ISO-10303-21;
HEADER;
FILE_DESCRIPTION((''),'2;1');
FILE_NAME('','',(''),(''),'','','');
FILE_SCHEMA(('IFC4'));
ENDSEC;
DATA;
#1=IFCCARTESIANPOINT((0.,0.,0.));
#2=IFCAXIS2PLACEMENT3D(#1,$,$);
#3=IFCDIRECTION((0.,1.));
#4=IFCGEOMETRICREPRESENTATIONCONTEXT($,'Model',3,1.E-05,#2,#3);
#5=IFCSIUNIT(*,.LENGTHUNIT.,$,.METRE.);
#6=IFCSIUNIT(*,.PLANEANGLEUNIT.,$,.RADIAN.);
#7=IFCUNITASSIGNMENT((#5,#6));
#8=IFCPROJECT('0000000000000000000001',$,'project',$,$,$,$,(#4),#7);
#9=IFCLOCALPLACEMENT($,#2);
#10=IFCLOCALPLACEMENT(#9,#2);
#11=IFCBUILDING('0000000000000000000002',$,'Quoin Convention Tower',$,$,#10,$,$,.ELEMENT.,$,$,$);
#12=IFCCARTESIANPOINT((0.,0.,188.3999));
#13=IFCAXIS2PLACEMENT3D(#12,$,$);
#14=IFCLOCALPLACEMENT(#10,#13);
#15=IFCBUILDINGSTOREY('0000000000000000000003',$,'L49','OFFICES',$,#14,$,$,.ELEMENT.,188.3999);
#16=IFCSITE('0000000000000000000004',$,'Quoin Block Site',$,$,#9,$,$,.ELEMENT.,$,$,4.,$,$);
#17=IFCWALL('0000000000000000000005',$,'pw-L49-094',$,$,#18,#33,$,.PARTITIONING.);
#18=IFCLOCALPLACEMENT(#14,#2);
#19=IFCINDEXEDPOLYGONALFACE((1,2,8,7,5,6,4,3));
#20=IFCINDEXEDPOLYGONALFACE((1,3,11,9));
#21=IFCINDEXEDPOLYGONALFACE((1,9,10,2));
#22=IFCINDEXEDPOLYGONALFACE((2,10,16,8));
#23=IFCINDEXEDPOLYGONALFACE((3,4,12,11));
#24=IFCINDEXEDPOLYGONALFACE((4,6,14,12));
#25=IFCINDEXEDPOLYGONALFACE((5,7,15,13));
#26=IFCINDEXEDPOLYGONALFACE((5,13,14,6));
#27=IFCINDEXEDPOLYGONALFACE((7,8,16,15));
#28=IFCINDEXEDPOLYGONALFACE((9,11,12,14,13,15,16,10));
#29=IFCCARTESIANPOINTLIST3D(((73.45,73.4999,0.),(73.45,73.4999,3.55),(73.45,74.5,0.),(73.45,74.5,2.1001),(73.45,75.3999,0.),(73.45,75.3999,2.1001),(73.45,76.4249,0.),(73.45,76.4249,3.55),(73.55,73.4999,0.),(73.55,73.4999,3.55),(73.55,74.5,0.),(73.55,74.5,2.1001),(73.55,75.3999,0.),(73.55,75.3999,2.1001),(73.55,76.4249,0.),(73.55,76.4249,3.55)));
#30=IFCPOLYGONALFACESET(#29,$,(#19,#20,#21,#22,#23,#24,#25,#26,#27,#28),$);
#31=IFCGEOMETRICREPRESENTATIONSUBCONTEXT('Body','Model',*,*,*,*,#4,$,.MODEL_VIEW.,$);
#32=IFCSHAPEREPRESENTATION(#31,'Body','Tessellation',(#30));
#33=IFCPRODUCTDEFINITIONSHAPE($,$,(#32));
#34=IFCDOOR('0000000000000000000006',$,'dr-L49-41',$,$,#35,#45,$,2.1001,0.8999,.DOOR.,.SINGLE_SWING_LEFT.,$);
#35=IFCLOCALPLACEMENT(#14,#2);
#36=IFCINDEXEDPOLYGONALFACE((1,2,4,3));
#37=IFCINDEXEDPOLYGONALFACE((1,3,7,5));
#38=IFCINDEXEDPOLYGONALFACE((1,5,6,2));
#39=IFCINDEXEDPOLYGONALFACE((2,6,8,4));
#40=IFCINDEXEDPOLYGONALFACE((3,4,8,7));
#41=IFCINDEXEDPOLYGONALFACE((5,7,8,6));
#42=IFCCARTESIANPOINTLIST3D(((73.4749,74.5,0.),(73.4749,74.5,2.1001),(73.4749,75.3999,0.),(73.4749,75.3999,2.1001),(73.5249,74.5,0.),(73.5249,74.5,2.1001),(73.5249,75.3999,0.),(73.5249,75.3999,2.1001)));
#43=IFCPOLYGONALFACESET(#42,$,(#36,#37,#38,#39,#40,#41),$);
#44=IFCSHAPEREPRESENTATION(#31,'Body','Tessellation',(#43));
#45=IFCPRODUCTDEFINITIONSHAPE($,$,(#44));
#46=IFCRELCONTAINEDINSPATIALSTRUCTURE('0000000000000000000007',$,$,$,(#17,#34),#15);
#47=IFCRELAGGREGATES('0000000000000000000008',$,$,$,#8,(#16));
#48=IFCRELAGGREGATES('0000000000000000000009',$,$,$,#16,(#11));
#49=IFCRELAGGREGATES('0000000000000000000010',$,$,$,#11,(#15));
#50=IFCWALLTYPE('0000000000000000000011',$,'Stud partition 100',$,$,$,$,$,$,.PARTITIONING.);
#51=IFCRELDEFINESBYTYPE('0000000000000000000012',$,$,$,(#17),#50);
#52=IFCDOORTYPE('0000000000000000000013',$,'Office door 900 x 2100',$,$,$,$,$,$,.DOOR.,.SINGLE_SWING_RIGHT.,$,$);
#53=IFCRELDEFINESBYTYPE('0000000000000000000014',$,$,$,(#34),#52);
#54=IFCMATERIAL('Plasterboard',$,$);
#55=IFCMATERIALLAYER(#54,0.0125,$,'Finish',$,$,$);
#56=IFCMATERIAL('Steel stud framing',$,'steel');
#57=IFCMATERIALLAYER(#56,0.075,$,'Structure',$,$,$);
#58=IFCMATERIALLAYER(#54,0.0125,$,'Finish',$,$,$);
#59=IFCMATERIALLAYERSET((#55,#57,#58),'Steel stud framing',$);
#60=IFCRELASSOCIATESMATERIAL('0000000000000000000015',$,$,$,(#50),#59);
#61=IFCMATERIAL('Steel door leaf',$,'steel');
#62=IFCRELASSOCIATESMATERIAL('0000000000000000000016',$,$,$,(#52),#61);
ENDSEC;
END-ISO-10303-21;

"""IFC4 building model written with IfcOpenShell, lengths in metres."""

from ifc_helpers import new_model, si_unit, direction, frame, frame_2d, origin, place, context, subcontext, project, spatial, rectangle, extrude, material, layer, layer_set, type_object, element, fill, save


model = new_model("IFC4")

# Units and contexts
model_context = context("Model", 3, precision=1e-05, world=origin(), true_north=direction((0.0, 1.0)))
body_context = subcontext(model_context, "Body", "Model", "MODEL_VIEW")
ifc_project = project(units=[si_unit("LENGTHUNIT", "METRE"), si_unit("PLANEANGLEUNIT", "RADIAN")], contexts=[model_context])

# Site, building, storey
site_placement = place(None, origin())
site = spatial("IfcSite", under=ifc_project, at=site_placement, Name="Quoin Block Site", CompositionType="ELEMENT", RefElevation=4.0)
building_placement = place(site_placement, origin())
building = spatial("IfcBuilding", under=site, at=building_placement, Name="Quoin Convention Tower", CompositionType="ELEMENT")
storey_placement = place(building_placement, frame((0.0, 0.0, 188.3999)))
storey = spatial("IfcBuildingStorey", under=building, at=storey_placement, Name="L49", Description="OFFICES", CompositionType="ELEMENT", Elevation=188.3999)

# Shared definitions
ifc_material_1 = material(Name="Plasterboard")
ifc_material_2 = material(Name="Steel stud framing", Category="steel")

# Wall, opening, door
ifc_layer_1 = layer(ifc_material_1, 0.0125, Name="Finish")
ifc_layer_2 = layer(ifc_material_2, 0.075, Name="Structure")
ifc_layer_3 = layer(ifc_material_1, 0.0125, Name="Finish")
ifc_layer_set_1 = layer_set([ifc_layer_1, ifc_layer_2, ifc_layer_3], Name="Steel stud framing")
wall_type_1 = type_object("IfcWallType", Name="Stud partition 100", PredefinedType="PARTITIONING", material=ifc_layer_set_1)
wall_1_placement = place(storey_placement, frame((73.5, 73.5, 0.0), z_axis=(0.0, 0.0, 1.0), x_axis=(0.0, 1.0, 0.0)))
wall_1 = element("IfcWall", 1, at=wall_1_placement, inside=storey, type_object=wall_type_1, Name="pw-L49-094", PredefinedType="PARTITIONING", context=body_context, shape_type="SweptSolid", body=[
    extrude(rectangle(XDim=2.925, YDim=0.1001, at=frame_2d((1.4624, 0.0))), origin(), (0.0, 0.0, 1.0), 3.55),
])
opening_1_placement = place(wall_1_placement, frame((1.0, 0.0, 0.0)))
opening_1 = element("IfcOpeningElement", 2, at=opening_1_placement, cuts=wall_1, PredefinedType="OPENING", context=body_context, shape_type="SweptSolid", body=[
    extrude(rectangle(XDim=0.8999, YDim=2.1001, at=frame_2d((0.45, 1.05))), frame((0.0, 0.0601, 0.0), z_axis=(0.0, -1.0, 0.0), x_axis=(1.0, 0.0, 0.0)), (0.0, 0.0, 1.0), 0.1201),
])
ifc_material_3 = material(Name="Steel door leaf", Category="steel")
door_type = type_object("IfcDoorType", Name="Office door 900 x 2100", OperationType="SINGLE_SWING_RIGHT", PredefinedType="DOOR", material=ifc_material_3)
door_placement = place(opening_1_placement, frame((0.8999, 0.0, 0.0), z_axis=(0.0, 0.0, 1.0), x_axis=(-1.0, 0.0, 0.0)))
door = element("IfcDoor", 3, at=door_placement, inside=storey, type_object=door_type, Name="dr-L49-41", OperationType="SINGLE_SWING_LEFT", OverallHeight=2.1001, OverallWidth=0.8999, PredefinedType="DOOR", context=body_context, shape_type="SweptSolid", body=[
    extrude(rectangle(XDim=0.8999, YDim=2.1001, at=frame_2d((0.45, 1.05))), frame((0.0, 0.0249, 0.0), z_axis=(0.0, -1.0, 0.0), x_axis=(1.0, 0.0, 0.0)), (0.0, 0.0, 1.0), 0.05),
])
fill(opening_1, door)

save(model, "model.ifc")
